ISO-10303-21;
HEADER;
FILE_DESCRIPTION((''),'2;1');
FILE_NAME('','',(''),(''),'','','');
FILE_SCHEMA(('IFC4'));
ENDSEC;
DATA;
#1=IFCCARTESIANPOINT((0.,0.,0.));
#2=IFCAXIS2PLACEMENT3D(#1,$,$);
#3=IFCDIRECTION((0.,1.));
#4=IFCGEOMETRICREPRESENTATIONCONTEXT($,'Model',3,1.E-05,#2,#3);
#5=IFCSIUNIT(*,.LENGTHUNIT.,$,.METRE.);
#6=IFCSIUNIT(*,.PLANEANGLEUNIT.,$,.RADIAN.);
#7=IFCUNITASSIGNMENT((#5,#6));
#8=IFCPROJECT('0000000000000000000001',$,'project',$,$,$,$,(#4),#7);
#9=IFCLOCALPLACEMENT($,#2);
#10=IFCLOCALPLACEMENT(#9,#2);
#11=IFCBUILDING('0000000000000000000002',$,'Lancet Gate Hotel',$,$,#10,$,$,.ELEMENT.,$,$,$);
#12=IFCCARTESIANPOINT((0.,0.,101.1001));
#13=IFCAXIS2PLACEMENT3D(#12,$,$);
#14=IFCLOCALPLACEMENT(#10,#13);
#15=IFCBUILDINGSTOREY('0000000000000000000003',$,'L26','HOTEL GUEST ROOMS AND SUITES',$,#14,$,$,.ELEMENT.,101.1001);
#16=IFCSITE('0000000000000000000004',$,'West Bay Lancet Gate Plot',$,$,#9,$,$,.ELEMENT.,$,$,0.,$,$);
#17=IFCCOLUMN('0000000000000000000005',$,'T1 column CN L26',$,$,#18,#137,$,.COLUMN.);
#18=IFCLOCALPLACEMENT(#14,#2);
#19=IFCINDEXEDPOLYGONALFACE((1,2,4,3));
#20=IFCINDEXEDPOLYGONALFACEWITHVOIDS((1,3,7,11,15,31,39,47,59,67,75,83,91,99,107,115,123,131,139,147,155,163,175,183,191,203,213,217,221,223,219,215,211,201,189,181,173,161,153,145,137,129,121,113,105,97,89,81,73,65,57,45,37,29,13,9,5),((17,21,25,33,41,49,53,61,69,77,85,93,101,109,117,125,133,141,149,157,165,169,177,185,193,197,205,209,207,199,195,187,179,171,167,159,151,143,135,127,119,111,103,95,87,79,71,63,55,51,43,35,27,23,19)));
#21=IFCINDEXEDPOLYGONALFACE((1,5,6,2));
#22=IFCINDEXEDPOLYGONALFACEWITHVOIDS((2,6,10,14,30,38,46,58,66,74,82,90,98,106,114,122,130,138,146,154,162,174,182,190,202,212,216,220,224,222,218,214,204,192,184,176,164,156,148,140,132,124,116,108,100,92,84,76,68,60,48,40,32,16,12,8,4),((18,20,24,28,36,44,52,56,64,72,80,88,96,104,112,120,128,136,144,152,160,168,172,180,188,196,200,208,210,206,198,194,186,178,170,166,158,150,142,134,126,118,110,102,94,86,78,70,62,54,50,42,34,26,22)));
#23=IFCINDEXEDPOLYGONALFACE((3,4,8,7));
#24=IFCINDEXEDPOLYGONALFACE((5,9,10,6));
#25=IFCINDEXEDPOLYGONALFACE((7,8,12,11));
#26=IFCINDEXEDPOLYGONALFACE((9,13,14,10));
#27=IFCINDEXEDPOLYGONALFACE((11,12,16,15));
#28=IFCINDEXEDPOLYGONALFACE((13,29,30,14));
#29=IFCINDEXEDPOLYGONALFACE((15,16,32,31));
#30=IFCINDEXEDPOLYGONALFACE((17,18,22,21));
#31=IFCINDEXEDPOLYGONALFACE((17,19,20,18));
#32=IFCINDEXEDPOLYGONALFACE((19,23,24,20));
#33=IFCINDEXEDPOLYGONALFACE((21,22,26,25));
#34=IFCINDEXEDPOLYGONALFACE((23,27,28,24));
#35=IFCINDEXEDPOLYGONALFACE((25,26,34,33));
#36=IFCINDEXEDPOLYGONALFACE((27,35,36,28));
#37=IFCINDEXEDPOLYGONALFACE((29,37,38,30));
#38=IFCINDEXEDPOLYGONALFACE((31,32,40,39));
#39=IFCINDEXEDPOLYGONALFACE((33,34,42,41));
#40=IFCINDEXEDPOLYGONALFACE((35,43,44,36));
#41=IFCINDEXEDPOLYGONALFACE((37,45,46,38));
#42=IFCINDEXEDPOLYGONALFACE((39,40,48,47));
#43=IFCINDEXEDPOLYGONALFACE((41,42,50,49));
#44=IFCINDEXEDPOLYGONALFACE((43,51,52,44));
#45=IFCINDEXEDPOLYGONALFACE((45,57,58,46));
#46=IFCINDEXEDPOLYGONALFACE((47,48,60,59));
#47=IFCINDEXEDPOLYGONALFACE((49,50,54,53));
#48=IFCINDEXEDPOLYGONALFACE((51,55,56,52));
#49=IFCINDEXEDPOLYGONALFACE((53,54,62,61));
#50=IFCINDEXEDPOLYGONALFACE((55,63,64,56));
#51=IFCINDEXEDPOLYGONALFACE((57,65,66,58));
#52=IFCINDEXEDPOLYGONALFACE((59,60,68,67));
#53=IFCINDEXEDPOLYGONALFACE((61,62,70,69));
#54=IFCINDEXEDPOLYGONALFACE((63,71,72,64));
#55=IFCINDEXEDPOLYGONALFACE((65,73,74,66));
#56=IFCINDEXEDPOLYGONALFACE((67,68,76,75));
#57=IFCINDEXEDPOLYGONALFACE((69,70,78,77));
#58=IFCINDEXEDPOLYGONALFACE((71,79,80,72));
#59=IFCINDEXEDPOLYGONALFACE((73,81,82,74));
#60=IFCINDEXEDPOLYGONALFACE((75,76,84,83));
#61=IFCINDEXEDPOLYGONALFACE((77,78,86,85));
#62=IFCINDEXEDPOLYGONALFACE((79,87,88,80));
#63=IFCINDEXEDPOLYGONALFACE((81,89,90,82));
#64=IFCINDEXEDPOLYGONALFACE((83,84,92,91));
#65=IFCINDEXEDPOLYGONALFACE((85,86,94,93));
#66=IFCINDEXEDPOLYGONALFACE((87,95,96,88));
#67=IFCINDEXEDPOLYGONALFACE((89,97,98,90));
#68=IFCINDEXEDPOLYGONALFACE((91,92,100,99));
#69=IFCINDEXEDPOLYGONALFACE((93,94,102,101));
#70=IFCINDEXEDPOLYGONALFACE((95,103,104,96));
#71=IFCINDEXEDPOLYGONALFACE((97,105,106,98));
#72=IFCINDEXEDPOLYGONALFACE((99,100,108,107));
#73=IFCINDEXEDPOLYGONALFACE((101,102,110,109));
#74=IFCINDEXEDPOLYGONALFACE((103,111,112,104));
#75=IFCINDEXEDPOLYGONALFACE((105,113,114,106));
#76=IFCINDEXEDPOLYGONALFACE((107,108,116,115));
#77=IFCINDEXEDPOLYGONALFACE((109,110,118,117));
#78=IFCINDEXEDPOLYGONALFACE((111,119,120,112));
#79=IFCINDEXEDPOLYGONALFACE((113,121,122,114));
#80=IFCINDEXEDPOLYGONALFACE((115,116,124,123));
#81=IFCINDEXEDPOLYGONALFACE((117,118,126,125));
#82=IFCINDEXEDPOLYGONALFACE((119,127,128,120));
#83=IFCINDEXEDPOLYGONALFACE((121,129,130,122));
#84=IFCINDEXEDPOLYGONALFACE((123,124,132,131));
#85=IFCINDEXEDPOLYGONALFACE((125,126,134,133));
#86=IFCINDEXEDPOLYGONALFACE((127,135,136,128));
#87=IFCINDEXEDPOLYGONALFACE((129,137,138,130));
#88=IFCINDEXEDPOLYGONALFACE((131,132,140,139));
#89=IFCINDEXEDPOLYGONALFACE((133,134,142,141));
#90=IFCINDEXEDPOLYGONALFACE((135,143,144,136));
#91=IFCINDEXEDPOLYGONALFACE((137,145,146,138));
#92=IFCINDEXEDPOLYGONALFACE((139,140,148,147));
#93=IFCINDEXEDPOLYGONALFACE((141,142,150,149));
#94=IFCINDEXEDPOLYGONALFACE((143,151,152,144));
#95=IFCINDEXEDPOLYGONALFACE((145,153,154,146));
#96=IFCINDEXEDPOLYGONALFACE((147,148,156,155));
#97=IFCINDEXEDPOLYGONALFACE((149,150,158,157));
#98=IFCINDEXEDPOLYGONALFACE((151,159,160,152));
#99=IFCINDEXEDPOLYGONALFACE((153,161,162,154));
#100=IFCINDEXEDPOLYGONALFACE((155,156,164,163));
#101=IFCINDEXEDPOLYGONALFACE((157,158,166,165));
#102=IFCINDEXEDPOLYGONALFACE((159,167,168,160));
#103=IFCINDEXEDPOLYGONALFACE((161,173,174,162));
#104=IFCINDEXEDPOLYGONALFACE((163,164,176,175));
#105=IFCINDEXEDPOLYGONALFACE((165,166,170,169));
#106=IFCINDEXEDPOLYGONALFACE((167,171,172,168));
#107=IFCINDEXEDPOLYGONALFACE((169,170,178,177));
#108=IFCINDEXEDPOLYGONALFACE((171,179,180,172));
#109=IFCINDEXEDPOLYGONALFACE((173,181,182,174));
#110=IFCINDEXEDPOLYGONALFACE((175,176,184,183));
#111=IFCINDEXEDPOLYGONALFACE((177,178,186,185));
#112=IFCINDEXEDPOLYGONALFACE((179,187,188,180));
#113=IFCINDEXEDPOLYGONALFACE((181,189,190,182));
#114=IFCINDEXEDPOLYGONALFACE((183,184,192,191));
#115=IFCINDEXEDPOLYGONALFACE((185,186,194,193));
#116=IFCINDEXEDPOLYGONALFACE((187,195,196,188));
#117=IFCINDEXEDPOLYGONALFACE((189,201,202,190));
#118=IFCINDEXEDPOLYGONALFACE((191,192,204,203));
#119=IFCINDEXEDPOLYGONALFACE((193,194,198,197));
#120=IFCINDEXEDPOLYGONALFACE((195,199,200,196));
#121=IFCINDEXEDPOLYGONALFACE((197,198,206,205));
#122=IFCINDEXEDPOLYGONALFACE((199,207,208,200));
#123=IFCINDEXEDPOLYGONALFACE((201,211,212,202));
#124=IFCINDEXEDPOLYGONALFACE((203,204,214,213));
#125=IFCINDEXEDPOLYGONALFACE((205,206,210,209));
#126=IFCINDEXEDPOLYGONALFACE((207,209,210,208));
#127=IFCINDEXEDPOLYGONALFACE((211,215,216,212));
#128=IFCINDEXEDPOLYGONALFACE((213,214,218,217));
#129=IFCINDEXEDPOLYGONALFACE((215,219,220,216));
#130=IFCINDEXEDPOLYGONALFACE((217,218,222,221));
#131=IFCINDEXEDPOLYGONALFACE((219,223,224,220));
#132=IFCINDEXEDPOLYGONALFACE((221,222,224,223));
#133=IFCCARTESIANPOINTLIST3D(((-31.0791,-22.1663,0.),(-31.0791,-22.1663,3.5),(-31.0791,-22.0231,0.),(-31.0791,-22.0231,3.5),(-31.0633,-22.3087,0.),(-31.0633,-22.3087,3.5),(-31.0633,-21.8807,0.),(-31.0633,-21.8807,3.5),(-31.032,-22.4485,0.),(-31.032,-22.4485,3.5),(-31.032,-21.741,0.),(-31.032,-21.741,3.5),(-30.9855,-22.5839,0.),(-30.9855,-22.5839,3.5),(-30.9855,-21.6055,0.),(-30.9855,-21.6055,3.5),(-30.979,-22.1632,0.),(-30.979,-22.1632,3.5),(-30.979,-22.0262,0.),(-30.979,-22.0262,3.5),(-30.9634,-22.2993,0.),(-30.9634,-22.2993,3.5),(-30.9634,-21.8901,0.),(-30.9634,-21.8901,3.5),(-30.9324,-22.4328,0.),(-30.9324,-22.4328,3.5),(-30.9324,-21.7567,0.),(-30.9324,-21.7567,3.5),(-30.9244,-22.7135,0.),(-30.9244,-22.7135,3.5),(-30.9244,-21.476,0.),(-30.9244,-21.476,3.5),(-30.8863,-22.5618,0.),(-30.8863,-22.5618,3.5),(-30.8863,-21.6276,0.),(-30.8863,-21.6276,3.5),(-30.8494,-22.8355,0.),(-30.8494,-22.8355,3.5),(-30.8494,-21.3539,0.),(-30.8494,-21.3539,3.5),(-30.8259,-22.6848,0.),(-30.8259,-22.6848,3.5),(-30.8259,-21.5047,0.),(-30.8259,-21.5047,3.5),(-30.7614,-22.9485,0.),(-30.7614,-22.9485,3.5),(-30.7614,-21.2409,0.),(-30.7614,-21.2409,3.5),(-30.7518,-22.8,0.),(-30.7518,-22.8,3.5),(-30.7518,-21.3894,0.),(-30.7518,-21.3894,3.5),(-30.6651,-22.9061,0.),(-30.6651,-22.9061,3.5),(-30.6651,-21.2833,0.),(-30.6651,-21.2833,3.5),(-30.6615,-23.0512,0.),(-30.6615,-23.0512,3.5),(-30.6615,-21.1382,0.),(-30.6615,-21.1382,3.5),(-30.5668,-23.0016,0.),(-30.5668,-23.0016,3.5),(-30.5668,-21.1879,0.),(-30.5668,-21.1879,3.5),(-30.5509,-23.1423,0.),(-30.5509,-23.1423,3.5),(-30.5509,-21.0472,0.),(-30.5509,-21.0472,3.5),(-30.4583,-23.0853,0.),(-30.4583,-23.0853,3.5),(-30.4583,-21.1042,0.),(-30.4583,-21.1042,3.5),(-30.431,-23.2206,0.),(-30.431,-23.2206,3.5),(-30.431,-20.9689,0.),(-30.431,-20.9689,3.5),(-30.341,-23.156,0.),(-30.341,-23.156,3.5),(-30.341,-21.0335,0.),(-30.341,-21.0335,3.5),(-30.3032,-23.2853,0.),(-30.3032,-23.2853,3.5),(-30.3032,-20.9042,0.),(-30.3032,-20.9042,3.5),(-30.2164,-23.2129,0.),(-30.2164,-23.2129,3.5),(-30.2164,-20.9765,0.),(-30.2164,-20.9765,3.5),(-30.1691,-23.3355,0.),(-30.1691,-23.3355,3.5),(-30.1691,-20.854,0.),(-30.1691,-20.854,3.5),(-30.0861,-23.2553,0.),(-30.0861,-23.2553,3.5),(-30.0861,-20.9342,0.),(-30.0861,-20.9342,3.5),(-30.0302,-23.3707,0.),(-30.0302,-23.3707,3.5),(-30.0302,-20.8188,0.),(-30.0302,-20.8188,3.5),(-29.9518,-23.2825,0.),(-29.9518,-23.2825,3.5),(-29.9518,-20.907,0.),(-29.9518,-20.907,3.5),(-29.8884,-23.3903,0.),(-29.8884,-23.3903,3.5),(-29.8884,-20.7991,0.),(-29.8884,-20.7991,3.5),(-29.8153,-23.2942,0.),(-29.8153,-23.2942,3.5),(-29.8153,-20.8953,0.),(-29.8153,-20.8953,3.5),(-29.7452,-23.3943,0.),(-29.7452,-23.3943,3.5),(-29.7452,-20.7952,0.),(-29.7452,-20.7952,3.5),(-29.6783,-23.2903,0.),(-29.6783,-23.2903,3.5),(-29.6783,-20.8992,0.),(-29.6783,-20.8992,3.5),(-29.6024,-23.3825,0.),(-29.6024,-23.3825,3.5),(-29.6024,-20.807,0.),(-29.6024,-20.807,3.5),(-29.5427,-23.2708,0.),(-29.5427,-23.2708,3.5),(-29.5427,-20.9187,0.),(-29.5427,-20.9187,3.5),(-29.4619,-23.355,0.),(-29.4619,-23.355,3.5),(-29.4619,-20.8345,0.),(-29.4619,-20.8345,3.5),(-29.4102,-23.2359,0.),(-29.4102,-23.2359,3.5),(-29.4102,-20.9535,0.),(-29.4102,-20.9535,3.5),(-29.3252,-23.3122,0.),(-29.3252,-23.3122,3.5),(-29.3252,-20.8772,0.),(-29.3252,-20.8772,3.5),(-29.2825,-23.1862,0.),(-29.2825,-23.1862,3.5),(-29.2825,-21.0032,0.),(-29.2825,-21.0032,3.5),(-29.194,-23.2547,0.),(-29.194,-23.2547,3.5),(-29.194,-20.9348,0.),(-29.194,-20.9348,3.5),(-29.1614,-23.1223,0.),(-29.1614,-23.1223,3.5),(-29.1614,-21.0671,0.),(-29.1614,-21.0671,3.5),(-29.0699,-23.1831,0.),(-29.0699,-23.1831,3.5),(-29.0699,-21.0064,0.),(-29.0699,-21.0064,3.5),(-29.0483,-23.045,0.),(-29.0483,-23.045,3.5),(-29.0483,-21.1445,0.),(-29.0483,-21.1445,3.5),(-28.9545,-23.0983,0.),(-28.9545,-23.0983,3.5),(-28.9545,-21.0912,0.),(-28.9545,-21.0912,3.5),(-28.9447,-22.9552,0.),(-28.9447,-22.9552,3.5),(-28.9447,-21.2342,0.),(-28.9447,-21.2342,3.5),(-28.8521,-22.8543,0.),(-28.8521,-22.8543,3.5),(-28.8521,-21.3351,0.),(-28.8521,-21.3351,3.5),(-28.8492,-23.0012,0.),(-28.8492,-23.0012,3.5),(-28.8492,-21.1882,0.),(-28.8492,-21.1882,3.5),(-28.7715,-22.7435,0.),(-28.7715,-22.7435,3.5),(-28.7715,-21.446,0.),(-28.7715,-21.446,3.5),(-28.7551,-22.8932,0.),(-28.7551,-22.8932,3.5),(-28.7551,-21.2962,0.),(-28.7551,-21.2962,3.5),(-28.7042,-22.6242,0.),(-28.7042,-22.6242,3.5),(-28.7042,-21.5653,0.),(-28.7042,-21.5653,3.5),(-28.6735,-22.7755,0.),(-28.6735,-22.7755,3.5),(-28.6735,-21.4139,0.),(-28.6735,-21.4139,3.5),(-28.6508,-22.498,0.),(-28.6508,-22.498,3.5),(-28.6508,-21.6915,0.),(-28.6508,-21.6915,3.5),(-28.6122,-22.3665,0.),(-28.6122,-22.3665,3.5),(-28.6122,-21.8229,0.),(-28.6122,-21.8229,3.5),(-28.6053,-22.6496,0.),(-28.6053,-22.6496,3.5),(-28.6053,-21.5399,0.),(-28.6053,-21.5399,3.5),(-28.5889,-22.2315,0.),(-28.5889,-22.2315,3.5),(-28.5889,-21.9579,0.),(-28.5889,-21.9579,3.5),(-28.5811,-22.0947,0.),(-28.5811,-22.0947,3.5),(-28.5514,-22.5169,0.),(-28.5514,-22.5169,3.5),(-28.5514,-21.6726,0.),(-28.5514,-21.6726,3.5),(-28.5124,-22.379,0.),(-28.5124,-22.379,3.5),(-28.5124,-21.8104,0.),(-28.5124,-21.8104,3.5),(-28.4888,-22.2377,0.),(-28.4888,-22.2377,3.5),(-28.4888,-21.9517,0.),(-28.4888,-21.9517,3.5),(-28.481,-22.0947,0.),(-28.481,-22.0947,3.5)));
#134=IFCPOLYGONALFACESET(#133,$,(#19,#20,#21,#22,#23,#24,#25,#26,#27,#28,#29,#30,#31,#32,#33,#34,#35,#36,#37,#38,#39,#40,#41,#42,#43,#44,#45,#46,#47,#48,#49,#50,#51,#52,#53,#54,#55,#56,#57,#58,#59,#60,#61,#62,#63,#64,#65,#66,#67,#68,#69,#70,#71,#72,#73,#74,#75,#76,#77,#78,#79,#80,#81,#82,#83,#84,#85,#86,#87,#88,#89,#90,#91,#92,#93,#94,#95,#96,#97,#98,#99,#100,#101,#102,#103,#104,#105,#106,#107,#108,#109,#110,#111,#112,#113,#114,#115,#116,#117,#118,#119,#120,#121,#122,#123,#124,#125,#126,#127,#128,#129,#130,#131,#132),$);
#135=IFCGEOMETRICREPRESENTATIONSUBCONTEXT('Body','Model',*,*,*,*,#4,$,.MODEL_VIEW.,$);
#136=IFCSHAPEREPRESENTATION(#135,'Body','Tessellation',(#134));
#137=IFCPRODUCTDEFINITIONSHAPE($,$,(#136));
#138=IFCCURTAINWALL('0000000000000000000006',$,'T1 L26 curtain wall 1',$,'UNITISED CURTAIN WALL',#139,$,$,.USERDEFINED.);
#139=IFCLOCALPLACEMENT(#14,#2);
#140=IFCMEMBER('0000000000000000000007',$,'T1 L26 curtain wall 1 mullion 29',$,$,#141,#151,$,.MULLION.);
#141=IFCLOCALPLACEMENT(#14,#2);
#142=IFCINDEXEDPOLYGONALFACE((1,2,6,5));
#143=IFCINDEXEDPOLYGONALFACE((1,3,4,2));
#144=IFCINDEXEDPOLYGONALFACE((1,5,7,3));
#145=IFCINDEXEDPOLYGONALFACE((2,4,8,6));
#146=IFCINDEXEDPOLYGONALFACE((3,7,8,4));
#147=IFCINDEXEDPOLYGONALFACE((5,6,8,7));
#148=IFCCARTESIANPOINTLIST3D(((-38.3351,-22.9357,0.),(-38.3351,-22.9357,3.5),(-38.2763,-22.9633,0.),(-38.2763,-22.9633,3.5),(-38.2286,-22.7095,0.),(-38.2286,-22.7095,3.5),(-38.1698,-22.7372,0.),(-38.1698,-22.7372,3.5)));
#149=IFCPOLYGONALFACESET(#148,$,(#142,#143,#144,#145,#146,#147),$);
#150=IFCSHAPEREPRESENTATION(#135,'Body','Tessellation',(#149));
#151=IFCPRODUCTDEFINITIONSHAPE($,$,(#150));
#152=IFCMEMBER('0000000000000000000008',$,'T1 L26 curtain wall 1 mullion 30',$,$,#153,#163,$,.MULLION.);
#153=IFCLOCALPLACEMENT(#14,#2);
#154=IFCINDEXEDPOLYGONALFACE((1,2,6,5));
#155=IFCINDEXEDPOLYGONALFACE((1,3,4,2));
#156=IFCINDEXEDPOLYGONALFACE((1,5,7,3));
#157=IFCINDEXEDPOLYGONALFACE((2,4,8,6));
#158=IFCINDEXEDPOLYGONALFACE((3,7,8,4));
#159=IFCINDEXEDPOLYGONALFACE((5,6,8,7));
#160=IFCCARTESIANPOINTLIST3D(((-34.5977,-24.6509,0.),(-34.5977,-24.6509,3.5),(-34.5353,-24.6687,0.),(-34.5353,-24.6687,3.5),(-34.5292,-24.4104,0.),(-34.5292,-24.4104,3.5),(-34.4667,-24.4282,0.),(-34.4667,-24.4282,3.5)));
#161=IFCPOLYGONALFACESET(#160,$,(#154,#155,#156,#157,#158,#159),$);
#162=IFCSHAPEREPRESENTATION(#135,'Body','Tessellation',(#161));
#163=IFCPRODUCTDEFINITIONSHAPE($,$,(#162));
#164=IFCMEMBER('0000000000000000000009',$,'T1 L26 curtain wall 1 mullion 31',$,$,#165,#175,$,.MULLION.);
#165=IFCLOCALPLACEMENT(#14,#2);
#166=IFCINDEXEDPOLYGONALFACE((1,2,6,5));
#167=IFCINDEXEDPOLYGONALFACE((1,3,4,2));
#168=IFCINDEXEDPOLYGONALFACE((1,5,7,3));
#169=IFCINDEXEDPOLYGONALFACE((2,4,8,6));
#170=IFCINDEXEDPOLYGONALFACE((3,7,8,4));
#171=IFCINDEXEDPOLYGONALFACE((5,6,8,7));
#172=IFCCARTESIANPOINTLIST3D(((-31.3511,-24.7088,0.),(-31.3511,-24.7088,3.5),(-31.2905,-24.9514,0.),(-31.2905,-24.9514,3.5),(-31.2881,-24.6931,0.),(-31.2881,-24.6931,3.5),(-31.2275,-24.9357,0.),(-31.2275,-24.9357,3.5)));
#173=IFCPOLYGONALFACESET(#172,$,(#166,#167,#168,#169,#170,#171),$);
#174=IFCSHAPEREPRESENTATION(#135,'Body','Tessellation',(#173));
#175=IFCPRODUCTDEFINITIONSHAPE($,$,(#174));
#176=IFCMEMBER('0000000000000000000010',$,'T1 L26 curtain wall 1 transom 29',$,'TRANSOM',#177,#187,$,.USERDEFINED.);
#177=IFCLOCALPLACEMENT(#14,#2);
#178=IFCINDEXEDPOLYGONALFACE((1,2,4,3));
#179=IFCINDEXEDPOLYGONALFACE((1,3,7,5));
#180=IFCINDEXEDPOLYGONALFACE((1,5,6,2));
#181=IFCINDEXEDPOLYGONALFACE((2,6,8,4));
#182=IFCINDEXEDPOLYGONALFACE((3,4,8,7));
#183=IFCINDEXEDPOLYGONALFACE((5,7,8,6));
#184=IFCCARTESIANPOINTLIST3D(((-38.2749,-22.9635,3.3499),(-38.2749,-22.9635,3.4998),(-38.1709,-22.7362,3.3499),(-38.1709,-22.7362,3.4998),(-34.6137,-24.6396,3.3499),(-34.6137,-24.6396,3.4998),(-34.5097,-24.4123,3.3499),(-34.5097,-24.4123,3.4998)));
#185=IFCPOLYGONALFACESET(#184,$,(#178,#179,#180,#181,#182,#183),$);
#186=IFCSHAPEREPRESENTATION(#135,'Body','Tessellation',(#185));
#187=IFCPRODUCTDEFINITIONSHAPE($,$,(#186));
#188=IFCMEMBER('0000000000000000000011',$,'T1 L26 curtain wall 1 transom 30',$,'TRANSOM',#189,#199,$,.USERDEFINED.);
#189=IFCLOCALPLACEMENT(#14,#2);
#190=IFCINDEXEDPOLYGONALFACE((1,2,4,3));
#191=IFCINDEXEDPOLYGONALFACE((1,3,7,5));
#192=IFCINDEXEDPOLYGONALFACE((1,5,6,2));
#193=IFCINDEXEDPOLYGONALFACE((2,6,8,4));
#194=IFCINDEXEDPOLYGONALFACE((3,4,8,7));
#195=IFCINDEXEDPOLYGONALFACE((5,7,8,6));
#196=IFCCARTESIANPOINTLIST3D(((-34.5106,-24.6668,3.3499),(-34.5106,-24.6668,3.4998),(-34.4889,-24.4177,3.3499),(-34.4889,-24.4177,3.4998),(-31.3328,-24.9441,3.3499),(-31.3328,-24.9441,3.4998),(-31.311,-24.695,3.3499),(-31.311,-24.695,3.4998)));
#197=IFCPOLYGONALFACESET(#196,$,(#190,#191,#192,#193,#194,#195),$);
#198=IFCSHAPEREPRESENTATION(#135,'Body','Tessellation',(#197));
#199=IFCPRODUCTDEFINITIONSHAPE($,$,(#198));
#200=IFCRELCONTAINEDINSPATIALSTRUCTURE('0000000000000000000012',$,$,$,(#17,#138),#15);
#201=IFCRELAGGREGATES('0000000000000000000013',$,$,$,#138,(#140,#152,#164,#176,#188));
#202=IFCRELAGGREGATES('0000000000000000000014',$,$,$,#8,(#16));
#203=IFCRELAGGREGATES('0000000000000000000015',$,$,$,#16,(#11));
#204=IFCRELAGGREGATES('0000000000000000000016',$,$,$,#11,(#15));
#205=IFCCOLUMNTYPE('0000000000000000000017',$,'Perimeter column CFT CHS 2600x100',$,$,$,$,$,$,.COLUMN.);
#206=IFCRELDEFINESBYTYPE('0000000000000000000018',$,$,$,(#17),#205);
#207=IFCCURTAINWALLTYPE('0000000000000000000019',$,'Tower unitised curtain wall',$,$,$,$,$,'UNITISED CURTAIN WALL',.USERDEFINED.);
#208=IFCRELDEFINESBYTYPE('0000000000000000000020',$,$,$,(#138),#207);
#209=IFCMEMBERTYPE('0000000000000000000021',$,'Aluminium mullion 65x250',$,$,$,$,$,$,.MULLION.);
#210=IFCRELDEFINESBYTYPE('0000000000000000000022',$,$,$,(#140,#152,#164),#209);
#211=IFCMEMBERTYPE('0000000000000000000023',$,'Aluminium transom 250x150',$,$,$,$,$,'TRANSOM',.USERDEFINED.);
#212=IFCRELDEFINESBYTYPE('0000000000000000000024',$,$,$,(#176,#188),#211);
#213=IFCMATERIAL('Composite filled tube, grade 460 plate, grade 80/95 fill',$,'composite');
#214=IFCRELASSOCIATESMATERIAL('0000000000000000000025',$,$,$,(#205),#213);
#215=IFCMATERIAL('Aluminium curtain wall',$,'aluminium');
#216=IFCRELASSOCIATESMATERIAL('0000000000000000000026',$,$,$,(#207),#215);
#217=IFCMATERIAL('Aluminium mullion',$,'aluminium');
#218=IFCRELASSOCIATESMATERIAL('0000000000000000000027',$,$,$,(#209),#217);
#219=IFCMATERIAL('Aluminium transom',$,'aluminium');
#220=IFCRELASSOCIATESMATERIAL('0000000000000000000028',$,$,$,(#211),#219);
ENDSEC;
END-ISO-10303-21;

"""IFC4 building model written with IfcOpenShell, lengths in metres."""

from ifc_helpers import new_model, si_unit, direction, frame, origin, origin_2d, place, context, subcontext, project, spatial, rectangle, hollow_circle, extrude, material, material_profile, profile_set, type_object, element, aggregate, save


model = new_model("IFC4")

# Units and contexts
model_context = context("Model", 3, precision=1e-05, world=origin(), true_north=direction((0.0, 1.0)))
body_context = subcontext(model_context, "Body", "Model", "MODEL_VIEW")
ifc_project = project(units=[si_unit("LENGTHUNIT", "METRE"), si_unit("PLANEANGLEUNIT", "RADIAN")], contexts=[model_context])

# Site, building, storey
site_placement = place(None, origin())
site = spatial("IfcSite", under=ifc_project, at=site_placement, Name="West Bay Lancet Gate Plot", CompositionType="ELEMENT", RefElevation=0.0)
building_placement = place(site_placement, origin())
building = spatial("IfcBuilding", under=site, at=building_placement, Name="Lancet Gate Hotel", CompositionType="ELEMENT")
storey_placement = place(building_placement, frame((0.0, 0.0, 101.1001)))
storey = spatial("IfcBuildingStorey", under=building, at=storey_placement, Name="L26", Description="HOTEL GUEST ROOMS AND SUITES", CompositionType="ELEMENT", Elevation=101.1001)

# Column
ifc_material_1 = material(Name="Composite filled tube, grade 460 plate, grade 80/95 fill", Category="composite")
ifc_material_profile_1 = material_profile(ifc_material_1, hollow_circle(Radius=1.3, WallThickness=0.1001, at=origin_2d()), Name="CHS 2600x100")
ifc_profile_set_1 = profile_set([ifc_material_profile_1], Name="Composite filled tube, grade 460 plate, grade 80/95 fill")
column_type = type_object("IfcColumnType", Name="Perimeter column CFT CHS 2600x100", PredefinedType="COLUMN", material=ifc_profile_set_1)
column_placement = place(storey_placement, frame((-29.781, -22.0947, 0.0), z_axis=(0.0, 0.0, 1.0), x_axis=(1.0, 0.0, 0.0)))
element("IfcColumn", 1, at=column_placement, inside=storey, type_object=column_type, Name="T1 column CN L26", PredefinedType="COLUMN", context=body_context, shape_type="SweptSolid", body=[
    extrude(hollow_circle(Radius=1.3, WallThickness=0.1001, at=origin_2d()), origin(), (0.0, 0.0, 1.0), 3.5),
])

# Curtain wall, members
ifc_material_2 = material(Name="Aluminium curtain wall", Category="aluminium")
curtain_wall_type = type_object("IfcCurtainWallType", Name="Tower unitised curtain wall", ElementType="UNITISED CURTAIN WALL", PredefinedType="USERDEFINED", material=ifc_material_2)
curtain_wall_placement = place(storey_placement, origin())
curtain_wall = element("IfcCurtainWall", 2, at=curtain_wall_placement, inside=storey, type_object=curtain_wall_type, Name="T1 L26 curtain wall 1", ObjectType="UNITISED CURTAIN WALL", PredefinedType="USERDEFINED")
ifc_material_3 = material(Name="Aluminium mullion", Category="aluminium")
ifc_material_profile_2 = material_profile(ifc_material_3, rectangle(XDim=0.0649, YDim=0.25, at=origin_2d()), Name="MULLION 65x250")
ifc_profile_set_2 = profile_set([ifc_material_profile_2], Name="Aluminium mullion")
member_type_1 = type_object("IfcMemberType", Name="Aluminium mullion 65x250", PredefinedType="MULLION", material=ifc_profile_set_2)
member_1_placement = place(storey_placement, frame((-38.2524, -22.8364, 0.0), z_axis=(0.0, 0.0, 1.0), x_axis=(0.90472, -0.426008, 0.0)))
member_1 = element("IfcMember", 3, at=member_1_placement, type_object=member_type_1, Name="T1 L26 curtain wall 1 mullion 29", PredefinedType="MULLION", context=body_context, shape_type="SweptSolid", body=[
    extrude(rectangle(XDim=0.0649, YDim=0.25, at=origin_2d()), origin(), (0.0, 0.0, 1.0), 3.5),
])
member_2_placement = place(storey_placement, frame((-34.5322, -24.5396, 0.0), z_axis=(0.0, 0.0, 1.0), x_axis=(0.961653, -0.274268, 0.0)))
member_2 = element("IfcMember", 4, at=member_2_placement, type_object=member_type_1, Name="T1 L26 curtain wall 1 mullion 30", PredefinedType="MULLION", context=body_context, shape_type="SweptSolid", body=[
    extrude(rectangle(XDim=0.0649, YDim=0.25, at=origin_2d()), origin(), (0.0, 0.0, 1.0), 3.5),
])
member_3_placement = place(storey_placement, frame((-31.2893, -24.8223, 0.0), z_axis=(0.0, 0.0, 1.0), x_axis=(0.970242, 0.242137, 0.0)))
member_3 = element("IfcMember", 5, at=member_3_placement, type_object=member_type_1, Name="T1 L26 curtain wall 1 mullion 31", PredefinedType="MULLION", context=body_context, shape_type="SweptSolid", body=[
    extrude(rectangle(XDim=0.0649, YDim=0.25, at=origin_2d()), origin(), (0.0, 0.0, 1.0), 3.5),
])
ifc_material_4 = material(Name="Aluminium transom", Category="aluminium")
ifc_material_profile_3 = material_profile(ifc_material_4, rectangle(XDim=0.25, YDim=0.1499, at=origin_2d()), Name="TRANSOM 250x150")
ifc_profile_set_3 = profile_set([ifc_material_profile_3], Name="Aluminium transom")
member_type_2 = type_object("IfcMemberType", Name="Aluminium transom 250x150", ElementType="TRANSOM", PredefinedType="USERDEFINED", material=ifc_profile_set_3)
member_4_placement = place(storey_placement, frame((-38.2229, -22.8499, 3.4248), z_axis=(0.909252, -0.416245, 0.0), x_axis=(0.416245, 0.909252, 0.0)))
member_4 = element("IfcMember", 6, at=member_4_placement, type_object=member_type_2, Name="T1 L26 curtain wall 1 transom 29", ObjectType="TRANSOM", PredefinedType="USERDEFINED", context=body_context, shape_type="SweptSolid", body=[
    extrude(rectangle(XDim=0.25, YDim=0.1499, at=origin_2d()), origin(), (0.0, 0.0, 1.0), 4.0266),
])
member_5_placement = place(storey_placement, frame((-34.4998, -24.5422, 3.4248), z_axis=(0.996214, -0.08694, 0.0), x_axis=(0.08694, 0.996214, 0.0)))
member_5 = element("IfcMember", 7, at=member_5_placement, type_object=member_type_2, Name="T1 L26 curtain wall 1 transom 30", ObjectType="TRANSOM", PredefinedType="USERDEFINED", context=body_context, shape_type="SweptSolid", body=[
    extrude(rectangle(XDim=0.25, YDim=0.1499, at=origin_2d()), origin(), (0.0, 0.0, 1.0), 3.1899),
])

aggregate(curtain_wall, [member_1, member_2, member_3, member_4, member_5])

save(model, "model.ifc")
